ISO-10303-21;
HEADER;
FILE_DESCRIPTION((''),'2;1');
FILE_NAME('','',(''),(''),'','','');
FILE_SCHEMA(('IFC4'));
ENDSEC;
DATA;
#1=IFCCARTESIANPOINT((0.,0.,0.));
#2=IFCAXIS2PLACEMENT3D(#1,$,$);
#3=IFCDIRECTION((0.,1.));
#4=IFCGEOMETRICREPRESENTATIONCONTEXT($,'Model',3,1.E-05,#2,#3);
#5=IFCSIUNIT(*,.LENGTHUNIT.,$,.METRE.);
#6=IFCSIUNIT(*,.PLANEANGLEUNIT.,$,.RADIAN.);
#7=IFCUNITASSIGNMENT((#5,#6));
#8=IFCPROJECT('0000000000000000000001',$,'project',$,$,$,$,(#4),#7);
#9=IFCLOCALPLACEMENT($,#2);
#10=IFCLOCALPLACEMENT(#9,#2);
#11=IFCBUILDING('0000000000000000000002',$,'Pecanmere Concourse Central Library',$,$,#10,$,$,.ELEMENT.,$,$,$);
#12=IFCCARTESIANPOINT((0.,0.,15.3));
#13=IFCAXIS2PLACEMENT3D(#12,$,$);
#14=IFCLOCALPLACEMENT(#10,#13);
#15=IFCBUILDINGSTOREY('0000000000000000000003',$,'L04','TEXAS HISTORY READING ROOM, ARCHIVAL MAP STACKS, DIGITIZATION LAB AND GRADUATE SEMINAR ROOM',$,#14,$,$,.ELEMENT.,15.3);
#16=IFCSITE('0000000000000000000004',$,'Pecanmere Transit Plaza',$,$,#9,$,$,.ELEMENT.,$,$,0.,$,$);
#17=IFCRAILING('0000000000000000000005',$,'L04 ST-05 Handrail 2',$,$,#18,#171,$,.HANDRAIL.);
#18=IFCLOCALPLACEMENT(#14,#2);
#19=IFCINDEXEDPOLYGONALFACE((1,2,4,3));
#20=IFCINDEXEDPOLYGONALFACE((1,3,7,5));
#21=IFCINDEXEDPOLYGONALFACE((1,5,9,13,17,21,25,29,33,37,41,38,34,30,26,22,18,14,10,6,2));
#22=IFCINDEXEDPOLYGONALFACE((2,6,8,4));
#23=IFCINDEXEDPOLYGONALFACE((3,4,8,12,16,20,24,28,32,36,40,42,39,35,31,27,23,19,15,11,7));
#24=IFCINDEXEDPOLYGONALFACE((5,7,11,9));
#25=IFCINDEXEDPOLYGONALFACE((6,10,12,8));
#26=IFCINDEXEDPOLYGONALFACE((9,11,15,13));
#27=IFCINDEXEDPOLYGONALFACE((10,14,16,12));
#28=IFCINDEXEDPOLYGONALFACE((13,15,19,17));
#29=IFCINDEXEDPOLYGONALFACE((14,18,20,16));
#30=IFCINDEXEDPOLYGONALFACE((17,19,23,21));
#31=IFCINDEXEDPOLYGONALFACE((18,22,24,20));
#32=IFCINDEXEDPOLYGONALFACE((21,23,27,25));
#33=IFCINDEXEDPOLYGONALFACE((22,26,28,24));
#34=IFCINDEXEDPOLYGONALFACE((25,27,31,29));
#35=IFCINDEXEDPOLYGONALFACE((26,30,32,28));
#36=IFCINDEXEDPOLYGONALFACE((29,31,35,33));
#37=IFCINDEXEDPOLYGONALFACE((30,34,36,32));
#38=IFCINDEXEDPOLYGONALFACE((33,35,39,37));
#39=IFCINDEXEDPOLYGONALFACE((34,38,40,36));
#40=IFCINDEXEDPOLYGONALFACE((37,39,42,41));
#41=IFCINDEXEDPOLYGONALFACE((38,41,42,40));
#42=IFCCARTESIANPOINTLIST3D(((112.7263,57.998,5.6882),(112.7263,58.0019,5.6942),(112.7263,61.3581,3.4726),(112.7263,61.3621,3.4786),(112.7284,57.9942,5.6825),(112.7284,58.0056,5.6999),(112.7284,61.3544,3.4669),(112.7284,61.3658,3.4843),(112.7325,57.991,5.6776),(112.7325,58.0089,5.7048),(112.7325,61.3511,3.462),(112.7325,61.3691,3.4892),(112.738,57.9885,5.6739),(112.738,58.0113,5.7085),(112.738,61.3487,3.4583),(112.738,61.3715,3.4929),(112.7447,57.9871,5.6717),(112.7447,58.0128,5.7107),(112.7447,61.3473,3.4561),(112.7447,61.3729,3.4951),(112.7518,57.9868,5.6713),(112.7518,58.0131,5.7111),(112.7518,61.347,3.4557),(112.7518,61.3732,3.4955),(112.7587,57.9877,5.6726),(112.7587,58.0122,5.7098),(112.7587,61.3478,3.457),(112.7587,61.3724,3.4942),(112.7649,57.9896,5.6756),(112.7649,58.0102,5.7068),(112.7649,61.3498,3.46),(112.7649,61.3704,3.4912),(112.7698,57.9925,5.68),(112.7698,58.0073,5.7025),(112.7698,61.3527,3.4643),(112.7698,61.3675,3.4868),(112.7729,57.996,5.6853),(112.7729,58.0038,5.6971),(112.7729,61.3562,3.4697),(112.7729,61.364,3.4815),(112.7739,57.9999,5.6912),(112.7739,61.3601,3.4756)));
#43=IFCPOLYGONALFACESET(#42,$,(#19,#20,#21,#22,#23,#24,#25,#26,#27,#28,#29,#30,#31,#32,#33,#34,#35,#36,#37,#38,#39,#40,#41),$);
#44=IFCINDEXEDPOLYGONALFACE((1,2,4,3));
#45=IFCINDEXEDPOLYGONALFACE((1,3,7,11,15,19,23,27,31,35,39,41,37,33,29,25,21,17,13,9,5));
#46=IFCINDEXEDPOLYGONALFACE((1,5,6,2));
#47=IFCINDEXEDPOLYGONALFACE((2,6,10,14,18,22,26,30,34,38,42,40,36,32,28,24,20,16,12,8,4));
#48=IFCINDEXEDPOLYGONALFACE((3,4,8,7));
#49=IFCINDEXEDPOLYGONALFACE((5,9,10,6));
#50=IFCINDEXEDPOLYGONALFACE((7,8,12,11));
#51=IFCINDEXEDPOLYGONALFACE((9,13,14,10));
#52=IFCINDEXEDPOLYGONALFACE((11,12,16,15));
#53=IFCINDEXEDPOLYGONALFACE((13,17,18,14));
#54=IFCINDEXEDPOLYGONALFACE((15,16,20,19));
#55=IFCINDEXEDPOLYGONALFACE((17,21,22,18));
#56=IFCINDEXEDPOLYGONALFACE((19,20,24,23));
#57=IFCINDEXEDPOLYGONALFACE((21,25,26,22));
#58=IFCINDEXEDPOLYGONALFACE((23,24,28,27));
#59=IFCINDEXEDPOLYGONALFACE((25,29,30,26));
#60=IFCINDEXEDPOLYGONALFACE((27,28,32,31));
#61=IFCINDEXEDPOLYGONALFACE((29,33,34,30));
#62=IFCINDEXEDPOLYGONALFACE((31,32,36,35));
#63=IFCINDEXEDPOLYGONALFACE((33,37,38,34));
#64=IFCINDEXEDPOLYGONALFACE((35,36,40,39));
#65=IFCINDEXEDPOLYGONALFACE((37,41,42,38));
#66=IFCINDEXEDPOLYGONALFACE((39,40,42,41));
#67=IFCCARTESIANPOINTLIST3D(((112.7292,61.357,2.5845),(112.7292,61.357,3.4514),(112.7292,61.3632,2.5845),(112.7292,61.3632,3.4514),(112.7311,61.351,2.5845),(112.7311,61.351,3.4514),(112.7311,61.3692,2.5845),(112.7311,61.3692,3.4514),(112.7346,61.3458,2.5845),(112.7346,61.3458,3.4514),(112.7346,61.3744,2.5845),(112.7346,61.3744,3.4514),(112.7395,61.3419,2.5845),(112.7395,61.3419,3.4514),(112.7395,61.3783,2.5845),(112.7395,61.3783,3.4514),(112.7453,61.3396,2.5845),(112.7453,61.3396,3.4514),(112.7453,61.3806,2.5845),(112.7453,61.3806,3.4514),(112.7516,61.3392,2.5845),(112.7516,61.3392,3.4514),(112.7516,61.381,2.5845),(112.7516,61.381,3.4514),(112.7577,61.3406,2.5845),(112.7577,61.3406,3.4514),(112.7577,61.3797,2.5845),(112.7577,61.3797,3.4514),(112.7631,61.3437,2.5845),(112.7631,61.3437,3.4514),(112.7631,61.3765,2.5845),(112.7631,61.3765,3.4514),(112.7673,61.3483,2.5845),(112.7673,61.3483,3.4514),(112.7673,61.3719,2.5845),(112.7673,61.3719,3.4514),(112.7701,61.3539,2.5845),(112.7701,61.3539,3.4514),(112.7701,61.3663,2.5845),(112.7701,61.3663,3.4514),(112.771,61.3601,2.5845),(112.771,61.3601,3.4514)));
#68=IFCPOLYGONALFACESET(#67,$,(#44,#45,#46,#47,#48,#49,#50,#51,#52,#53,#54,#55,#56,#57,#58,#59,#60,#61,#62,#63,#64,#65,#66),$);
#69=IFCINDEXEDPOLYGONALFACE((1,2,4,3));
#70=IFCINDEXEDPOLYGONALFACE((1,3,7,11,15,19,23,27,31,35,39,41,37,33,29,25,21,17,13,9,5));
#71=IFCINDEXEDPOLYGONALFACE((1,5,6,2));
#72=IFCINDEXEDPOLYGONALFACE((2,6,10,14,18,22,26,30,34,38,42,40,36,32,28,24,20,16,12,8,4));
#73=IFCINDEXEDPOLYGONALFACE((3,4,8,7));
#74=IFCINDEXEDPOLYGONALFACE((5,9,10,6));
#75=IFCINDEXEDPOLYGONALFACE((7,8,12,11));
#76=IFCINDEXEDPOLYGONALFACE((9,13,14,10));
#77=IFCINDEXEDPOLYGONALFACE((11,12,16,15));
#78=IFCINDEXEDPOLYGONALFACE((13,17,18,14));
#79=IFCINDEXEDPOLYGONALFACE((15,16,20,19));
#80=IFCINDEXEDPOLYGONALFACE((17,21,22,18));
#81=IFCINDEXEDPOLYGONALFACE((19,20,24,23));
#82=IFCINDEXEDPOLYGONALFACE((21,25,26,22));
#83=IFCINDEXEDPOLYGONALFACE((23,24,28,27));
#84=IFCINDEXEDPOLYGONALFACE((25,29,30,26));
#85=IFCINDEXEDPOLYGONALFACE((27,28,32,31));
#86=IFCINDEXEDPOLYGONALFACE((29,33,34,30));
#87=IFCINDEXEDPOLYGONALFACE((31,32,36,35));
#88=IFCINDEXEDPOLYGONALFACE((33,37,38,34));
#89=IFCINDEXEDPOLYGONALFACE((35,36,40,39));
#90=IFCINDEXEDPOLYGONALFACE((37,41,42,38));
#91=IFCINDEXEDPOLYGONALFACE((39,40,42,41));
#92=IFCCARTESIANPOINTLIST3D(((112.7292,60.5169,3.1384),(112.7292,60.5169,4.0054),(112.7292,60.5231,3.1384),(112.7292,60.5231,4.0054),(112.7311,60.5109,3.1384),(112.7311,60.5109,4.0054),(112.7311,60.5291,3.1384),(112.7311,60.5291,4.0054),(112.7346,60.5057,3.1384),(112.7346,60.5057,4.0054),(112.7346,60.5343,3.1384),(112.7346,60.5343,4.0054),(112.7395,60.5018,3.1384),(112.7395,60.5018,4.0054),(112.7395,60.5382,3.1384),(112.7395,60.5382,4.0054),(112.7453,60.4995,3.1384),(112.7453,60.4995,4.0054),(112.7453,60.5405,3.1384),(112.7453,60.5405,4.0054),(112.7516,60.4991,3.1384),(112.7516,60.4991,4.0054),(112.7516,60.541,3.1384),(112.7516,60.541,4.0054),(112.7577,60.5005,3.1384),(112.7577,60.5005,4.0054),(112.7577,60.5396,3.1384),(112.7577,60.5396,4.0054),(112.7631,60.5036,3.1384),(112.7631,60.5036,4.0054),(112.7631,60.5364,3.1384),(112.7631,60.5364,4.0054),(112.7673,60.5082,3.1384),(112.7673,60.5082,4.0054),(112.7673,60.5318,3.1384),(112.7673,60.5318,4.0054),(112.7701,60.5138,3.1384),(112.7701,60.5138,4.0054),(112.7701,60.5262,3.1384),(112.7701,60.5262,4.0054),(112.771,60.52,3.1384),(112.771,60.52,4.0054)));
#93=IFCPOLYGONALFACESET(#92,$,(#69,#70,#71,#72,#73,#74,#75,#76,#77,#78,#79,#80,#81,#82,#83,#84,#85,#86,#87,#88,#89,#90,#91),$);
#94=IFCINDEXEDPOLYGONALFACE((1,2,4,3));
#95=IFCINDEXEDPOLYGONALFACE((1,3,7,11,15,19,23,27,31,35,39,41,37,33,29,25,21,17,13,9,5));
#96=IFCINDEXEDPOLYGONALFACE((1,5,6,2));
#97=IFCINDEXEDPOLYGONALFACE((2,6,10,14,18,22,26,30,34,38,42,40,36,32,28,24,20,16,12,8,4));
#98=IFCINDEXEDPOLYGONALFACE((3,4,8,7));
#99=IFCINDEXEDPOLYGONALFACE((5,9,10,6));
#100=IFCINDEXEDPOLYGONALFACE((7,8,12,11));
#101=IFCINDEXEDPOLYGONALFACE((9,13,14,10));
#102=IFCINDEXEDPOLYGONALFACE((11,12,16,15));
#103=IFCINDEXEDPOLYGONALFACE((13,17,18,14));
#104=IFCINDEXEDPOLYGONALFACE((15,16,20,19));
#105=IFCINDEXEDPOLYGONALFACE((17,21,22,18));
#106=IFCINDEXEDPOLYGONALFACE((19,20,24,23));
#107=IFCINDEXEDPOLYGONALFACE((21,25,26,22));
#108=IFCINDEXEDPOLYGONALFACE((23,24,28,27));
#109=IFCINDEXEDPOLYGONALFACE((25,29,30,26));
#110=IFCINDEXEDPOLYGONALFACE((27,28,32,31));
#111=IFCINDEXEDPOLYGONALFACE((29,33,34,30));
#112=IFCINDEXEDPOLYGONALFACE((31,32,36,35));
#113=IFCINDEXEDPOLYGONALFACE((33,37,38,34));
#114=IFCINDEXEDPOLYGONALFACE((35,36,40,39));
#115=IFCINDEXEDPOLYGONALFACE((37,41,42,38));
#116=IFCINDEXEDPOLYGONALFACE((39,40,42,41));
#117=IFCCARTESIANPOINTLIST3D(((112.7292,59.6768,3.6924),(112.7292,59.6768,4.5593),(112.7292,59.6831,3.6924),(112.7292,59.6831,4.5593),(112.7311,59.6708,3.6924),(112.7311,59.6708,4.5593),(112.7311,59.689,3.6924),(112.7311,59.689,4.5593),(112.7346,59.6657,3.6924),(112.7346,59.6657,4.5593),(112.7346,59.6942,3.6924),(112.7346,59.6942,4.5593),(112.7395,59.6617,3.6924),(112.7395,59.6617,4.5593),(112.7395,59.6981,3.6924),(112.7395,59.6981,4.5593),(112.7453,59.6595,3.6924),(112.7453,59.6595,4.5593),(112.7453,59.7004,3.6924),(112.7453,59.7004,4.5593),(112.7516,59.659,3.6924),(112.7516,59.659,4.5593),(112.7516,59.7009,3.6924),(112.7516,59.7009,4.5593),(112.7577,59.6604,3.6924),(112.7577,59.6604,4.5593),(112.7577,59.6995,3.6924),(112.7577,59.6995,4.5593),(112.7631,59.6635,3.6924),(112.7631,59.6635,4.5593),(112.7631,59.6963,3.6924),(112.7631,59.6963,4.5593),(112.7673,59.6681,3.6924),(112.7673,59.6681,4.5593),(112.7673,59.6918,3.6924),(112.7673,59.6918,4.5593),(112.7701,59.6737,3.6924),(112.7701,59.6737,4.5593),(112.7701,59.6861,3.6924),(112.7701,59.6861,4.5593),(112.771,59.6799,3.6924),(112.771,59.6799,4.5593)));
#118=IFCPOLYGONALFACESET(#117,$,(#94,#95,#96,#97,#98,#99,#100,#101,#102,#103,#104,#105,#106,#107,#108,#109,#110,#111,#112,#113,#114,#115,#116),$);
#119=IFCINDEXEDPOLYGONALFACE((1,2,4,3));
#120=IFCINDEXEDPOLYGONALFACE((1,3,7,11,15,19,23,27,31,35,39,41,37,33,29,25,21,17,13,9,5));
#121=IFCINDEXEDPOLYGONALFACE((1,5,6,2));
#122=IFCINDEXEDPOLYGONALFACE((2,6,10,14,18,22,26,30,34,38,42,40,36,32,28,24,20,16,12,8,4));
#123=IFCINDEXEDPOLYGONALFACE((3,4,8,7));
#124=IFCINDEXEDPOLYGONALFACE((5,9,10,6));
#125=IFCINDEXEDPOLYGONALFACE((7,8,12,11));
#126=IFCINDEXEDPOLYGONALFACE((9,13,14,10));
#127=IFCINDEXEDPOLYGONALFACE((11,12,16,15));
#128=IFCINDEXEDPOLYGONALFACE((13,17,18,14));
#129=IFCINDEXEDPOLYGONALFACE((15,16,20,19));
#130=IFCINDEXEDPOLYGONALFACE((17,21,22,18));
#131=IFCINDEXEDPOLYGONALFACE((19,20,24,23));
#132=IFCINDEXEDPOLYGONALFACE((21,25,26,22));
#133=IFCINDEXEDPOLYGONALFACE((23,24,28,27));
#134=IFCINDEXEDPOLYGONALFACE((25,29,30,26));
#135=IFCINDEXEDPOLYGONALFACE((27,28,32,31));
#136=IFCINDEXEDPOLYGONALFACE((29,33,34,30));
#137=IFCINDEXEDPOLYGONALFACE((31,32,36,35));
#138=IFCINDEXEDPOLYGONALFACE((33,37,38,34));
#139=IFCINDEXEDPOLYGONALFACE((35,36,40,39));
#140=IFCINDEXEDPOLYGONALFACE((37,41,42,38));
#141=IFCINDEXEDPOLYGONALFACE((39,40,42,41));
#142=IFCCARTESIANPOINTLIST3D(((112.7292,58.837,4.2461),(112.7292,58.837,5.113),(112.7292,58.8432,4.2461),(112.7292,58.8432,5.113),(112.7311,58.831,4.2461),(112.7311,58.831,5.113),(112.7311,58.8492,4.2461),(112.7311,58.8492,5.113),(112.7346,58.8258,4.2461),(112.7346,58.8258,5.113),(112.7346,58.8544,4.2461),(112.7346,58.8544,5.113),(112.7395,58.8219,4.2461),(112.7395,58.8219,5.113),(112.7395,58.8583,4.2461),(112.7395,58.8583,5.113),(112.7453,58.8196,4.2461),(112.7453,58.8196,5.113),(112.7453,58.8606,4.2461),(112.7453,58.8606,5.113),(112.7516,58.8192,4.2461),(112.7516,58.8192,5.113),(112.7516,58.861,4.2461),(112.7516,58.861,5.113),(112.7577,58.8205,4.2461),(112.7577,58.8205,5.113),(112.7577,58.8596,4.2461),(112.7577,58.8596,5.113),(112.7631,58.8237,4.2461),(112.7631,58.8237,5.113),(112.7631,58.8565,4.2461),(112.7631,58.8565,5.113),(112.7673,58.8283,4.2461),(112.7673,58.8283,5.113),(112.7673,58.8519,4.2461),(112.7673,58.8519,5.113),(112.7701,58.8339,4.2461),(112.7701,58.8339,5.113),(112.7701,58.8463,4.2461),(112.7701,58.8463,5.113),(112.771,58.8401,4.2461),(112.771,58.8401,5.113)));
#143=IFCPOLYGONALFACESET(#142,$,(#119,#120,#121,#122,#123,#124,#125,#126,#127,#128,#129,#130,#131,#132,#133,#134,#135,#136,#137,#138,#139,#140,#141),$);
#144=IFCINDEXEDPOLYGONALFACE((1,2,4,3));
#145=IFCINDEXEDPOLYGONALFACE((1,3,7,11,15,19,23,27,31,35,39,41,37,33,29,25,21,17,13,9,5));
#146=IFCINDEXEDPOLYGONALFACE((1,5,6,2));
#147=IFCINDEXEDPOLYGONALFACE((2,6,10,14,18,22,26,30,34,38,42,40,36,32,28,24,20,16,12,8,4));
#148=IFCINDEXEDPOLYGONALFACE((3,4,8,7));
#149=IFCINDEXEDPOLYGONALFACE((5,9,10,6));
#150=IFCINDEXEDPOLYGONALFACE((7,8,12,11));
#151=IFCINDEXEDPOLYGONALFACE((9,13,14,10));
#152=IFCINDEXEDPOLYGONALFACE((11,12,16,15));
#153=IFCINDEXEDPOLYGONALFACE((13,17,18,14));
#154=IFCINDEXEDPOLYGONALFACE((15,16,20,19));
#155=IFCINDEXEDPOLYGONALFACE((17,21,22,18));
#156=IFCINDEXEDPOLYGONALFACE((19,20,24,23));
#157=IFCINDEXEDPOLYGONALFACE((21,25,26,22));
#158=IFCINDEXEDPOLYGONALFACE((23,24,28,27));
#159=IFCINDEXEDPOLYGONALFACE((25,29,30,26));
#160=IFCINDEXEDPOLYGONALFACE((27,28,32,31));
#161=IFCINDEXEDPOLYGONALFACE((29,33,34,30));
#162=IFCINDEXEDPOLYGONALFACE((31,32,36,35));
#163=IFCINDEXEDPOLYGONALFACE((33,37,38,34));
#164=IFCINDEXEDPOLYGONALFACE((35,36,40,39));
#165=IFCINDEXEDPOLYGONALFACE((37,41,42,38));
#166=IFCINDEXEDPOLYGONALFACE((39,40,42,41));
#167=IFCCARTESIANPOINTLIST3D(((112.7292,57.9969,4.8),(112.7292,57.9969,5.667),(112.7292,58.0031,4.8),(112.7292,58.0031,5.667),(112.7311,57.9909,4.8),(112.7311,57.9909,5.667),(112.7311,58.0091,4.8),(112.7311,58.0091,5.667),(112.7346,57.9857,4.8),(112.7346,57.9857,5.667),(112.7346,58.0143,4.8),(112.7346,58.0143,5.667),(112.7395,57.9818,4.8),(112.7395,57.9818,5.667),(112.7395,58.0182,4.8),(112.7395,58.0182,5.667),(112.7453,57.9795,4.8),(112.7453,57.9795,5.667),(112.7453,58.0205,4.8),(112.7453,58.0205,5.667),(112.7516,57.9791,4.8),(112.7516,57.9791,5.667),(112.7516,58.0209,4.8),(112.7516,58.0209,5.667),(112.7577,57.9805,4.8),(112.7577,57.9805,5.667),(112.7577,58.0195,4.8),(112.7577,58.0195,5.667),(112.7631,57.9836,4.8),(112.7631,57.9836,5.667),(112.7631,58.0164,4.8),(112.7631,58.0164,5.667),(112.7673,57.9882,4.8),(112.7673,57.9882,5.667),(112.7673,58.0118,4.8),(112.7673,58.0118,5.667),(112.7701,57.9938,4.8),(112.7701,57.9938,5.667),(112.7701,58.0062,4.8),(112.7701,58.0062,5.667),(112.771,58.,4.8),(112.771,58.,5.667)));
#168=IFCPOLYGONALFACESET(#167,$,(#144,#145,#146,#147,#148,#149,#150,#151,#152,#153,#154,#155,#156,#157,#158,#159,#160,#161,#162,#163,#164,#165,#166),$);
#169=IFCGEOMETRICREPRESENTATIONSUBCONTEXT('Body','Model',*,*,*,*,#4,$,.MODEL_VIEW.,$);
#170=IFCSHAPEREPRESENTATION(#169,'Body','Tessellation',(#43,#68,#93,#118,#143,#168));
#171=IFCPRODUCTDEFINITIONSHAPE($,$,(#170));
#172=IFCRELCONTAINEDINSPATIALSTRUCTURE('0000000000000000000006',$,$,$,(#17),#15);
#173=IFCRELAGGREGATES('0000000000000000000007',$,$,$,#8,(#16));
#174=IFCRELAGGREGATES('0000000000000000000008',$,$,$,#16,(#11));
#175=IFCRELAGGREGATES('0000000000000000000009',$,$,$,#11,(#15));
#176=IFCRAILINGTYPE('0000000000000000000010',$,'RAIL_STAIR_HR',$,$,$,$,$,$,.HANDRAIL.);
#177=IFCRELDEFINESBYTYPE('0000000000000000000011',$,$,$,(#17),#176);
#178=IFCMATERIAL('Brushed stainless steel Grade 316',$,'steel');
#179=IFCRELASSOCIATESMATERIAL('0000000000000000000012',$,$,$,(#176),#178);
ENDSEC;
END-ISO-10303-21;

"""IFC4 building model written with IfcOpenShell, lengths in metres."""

from ifc_helpers import new_model, si_unit, direction, frame, origin, origin_2d, place, context, subcontext, project, spatial, circle, extrude, material, type_object, element, save


model = new_model("IFC4")

# Units and contexts
model_context = context("Model", 3, precision=1e-05, world=origin(), true_north=direction((0.0, 1.0)))
body_context = subcontext(model_context, "Body", "Model", "MODEL_VIEW")
ifc_project = project(units=[si_unit("LENGTHUNIT", "METRE"), si_unit("PLANEANGLEUNIT", "RADIAN")], contexts=[model_context])

# Site, building, storey
site_placement = place(None, origin())
site = spatial("IfcSite", under=ifc_project, at=site_placement, Name="Pecanmere Transit Plaza", CompositionType="ELEMENT", RefElevation=0.0)
building_placement = place(site_placement, origin())
building = spatial("IfcBuilding", under=site, at=building_placement, Name="Pecanmere Concourse Central Library", CompositionType="ELEMENT")
storey_placement = place(building_placement, frame((0.0, 0.0, 15.3)))
storey = spatial("IfcBuildingStorey", under=building, at=storey_placement, Name="L04", Description="TEXAS HISTORY READING ROOM, ARCHIVAL MAP STACKS, DIGITIZATION LAB AND GRADUATE SEMINAR ROOM", CompositionType="ELEMENT", Elevation=15.3)

# Railing
ifc_material_1 = material(Name="Brushed stainless steel Grade 316", Category="steel")
railing_type_1 = type_object("IfcRailingType", Name="RAIL_STAIR_HR", PredefinedType="HANDRAIL", material=ifc_material_1)
railing_1_placement = place(storey_placement, frame((112.75, 61.3601, 2.5845)))
element("IfcRailing", 1, at=railing_1_placement, inside=storey, type_object=railing_type_1, Name="L04 ST-05 Handrail 2", PredefinedType="HANDRAIL", context=body_context, shape_type="SweptSolid", body=[
    extrude(circle(Radius=0.0239, at=origin_2d()), frame((0.0, 0.0, 0.8911), z_axis=(0.0, -0.834849, 0.55048), x_axis=(1.0, 0.0, 0.0)), (0.0, 0.0, 1.0), 4.0249),
    extrude(circle(Radius=0.021, at=origin_2d()), origin(), (0.0, 0.0, 1.0), 0.8669),
    extrude(circle(Radius=0.021, at=origin_2d()), frame((0.0, -0.8401, 0.554)), (0.0, 0.0, 1.0), 0.8669),
    extrude(circle(Radius=0.021, at=origin_2d()), frame((0.0, -1.6802, 1.1079)), (0.0, 0.0, 1.0), 0.8669),
    extrude(circle(Radius=0.021, at=origin_2d()), frame((0.0, -2.52, 1.6616)), (0.0, 0.0, 1.0), 0.8669),
    extrude(circle(Radius=0.021, at=origin_2d()), frame((0.0, -3.3601, 2.2156)), (0.0, 0.0, 1.0), 0.8669),
])

save(model, "model.ifc")
